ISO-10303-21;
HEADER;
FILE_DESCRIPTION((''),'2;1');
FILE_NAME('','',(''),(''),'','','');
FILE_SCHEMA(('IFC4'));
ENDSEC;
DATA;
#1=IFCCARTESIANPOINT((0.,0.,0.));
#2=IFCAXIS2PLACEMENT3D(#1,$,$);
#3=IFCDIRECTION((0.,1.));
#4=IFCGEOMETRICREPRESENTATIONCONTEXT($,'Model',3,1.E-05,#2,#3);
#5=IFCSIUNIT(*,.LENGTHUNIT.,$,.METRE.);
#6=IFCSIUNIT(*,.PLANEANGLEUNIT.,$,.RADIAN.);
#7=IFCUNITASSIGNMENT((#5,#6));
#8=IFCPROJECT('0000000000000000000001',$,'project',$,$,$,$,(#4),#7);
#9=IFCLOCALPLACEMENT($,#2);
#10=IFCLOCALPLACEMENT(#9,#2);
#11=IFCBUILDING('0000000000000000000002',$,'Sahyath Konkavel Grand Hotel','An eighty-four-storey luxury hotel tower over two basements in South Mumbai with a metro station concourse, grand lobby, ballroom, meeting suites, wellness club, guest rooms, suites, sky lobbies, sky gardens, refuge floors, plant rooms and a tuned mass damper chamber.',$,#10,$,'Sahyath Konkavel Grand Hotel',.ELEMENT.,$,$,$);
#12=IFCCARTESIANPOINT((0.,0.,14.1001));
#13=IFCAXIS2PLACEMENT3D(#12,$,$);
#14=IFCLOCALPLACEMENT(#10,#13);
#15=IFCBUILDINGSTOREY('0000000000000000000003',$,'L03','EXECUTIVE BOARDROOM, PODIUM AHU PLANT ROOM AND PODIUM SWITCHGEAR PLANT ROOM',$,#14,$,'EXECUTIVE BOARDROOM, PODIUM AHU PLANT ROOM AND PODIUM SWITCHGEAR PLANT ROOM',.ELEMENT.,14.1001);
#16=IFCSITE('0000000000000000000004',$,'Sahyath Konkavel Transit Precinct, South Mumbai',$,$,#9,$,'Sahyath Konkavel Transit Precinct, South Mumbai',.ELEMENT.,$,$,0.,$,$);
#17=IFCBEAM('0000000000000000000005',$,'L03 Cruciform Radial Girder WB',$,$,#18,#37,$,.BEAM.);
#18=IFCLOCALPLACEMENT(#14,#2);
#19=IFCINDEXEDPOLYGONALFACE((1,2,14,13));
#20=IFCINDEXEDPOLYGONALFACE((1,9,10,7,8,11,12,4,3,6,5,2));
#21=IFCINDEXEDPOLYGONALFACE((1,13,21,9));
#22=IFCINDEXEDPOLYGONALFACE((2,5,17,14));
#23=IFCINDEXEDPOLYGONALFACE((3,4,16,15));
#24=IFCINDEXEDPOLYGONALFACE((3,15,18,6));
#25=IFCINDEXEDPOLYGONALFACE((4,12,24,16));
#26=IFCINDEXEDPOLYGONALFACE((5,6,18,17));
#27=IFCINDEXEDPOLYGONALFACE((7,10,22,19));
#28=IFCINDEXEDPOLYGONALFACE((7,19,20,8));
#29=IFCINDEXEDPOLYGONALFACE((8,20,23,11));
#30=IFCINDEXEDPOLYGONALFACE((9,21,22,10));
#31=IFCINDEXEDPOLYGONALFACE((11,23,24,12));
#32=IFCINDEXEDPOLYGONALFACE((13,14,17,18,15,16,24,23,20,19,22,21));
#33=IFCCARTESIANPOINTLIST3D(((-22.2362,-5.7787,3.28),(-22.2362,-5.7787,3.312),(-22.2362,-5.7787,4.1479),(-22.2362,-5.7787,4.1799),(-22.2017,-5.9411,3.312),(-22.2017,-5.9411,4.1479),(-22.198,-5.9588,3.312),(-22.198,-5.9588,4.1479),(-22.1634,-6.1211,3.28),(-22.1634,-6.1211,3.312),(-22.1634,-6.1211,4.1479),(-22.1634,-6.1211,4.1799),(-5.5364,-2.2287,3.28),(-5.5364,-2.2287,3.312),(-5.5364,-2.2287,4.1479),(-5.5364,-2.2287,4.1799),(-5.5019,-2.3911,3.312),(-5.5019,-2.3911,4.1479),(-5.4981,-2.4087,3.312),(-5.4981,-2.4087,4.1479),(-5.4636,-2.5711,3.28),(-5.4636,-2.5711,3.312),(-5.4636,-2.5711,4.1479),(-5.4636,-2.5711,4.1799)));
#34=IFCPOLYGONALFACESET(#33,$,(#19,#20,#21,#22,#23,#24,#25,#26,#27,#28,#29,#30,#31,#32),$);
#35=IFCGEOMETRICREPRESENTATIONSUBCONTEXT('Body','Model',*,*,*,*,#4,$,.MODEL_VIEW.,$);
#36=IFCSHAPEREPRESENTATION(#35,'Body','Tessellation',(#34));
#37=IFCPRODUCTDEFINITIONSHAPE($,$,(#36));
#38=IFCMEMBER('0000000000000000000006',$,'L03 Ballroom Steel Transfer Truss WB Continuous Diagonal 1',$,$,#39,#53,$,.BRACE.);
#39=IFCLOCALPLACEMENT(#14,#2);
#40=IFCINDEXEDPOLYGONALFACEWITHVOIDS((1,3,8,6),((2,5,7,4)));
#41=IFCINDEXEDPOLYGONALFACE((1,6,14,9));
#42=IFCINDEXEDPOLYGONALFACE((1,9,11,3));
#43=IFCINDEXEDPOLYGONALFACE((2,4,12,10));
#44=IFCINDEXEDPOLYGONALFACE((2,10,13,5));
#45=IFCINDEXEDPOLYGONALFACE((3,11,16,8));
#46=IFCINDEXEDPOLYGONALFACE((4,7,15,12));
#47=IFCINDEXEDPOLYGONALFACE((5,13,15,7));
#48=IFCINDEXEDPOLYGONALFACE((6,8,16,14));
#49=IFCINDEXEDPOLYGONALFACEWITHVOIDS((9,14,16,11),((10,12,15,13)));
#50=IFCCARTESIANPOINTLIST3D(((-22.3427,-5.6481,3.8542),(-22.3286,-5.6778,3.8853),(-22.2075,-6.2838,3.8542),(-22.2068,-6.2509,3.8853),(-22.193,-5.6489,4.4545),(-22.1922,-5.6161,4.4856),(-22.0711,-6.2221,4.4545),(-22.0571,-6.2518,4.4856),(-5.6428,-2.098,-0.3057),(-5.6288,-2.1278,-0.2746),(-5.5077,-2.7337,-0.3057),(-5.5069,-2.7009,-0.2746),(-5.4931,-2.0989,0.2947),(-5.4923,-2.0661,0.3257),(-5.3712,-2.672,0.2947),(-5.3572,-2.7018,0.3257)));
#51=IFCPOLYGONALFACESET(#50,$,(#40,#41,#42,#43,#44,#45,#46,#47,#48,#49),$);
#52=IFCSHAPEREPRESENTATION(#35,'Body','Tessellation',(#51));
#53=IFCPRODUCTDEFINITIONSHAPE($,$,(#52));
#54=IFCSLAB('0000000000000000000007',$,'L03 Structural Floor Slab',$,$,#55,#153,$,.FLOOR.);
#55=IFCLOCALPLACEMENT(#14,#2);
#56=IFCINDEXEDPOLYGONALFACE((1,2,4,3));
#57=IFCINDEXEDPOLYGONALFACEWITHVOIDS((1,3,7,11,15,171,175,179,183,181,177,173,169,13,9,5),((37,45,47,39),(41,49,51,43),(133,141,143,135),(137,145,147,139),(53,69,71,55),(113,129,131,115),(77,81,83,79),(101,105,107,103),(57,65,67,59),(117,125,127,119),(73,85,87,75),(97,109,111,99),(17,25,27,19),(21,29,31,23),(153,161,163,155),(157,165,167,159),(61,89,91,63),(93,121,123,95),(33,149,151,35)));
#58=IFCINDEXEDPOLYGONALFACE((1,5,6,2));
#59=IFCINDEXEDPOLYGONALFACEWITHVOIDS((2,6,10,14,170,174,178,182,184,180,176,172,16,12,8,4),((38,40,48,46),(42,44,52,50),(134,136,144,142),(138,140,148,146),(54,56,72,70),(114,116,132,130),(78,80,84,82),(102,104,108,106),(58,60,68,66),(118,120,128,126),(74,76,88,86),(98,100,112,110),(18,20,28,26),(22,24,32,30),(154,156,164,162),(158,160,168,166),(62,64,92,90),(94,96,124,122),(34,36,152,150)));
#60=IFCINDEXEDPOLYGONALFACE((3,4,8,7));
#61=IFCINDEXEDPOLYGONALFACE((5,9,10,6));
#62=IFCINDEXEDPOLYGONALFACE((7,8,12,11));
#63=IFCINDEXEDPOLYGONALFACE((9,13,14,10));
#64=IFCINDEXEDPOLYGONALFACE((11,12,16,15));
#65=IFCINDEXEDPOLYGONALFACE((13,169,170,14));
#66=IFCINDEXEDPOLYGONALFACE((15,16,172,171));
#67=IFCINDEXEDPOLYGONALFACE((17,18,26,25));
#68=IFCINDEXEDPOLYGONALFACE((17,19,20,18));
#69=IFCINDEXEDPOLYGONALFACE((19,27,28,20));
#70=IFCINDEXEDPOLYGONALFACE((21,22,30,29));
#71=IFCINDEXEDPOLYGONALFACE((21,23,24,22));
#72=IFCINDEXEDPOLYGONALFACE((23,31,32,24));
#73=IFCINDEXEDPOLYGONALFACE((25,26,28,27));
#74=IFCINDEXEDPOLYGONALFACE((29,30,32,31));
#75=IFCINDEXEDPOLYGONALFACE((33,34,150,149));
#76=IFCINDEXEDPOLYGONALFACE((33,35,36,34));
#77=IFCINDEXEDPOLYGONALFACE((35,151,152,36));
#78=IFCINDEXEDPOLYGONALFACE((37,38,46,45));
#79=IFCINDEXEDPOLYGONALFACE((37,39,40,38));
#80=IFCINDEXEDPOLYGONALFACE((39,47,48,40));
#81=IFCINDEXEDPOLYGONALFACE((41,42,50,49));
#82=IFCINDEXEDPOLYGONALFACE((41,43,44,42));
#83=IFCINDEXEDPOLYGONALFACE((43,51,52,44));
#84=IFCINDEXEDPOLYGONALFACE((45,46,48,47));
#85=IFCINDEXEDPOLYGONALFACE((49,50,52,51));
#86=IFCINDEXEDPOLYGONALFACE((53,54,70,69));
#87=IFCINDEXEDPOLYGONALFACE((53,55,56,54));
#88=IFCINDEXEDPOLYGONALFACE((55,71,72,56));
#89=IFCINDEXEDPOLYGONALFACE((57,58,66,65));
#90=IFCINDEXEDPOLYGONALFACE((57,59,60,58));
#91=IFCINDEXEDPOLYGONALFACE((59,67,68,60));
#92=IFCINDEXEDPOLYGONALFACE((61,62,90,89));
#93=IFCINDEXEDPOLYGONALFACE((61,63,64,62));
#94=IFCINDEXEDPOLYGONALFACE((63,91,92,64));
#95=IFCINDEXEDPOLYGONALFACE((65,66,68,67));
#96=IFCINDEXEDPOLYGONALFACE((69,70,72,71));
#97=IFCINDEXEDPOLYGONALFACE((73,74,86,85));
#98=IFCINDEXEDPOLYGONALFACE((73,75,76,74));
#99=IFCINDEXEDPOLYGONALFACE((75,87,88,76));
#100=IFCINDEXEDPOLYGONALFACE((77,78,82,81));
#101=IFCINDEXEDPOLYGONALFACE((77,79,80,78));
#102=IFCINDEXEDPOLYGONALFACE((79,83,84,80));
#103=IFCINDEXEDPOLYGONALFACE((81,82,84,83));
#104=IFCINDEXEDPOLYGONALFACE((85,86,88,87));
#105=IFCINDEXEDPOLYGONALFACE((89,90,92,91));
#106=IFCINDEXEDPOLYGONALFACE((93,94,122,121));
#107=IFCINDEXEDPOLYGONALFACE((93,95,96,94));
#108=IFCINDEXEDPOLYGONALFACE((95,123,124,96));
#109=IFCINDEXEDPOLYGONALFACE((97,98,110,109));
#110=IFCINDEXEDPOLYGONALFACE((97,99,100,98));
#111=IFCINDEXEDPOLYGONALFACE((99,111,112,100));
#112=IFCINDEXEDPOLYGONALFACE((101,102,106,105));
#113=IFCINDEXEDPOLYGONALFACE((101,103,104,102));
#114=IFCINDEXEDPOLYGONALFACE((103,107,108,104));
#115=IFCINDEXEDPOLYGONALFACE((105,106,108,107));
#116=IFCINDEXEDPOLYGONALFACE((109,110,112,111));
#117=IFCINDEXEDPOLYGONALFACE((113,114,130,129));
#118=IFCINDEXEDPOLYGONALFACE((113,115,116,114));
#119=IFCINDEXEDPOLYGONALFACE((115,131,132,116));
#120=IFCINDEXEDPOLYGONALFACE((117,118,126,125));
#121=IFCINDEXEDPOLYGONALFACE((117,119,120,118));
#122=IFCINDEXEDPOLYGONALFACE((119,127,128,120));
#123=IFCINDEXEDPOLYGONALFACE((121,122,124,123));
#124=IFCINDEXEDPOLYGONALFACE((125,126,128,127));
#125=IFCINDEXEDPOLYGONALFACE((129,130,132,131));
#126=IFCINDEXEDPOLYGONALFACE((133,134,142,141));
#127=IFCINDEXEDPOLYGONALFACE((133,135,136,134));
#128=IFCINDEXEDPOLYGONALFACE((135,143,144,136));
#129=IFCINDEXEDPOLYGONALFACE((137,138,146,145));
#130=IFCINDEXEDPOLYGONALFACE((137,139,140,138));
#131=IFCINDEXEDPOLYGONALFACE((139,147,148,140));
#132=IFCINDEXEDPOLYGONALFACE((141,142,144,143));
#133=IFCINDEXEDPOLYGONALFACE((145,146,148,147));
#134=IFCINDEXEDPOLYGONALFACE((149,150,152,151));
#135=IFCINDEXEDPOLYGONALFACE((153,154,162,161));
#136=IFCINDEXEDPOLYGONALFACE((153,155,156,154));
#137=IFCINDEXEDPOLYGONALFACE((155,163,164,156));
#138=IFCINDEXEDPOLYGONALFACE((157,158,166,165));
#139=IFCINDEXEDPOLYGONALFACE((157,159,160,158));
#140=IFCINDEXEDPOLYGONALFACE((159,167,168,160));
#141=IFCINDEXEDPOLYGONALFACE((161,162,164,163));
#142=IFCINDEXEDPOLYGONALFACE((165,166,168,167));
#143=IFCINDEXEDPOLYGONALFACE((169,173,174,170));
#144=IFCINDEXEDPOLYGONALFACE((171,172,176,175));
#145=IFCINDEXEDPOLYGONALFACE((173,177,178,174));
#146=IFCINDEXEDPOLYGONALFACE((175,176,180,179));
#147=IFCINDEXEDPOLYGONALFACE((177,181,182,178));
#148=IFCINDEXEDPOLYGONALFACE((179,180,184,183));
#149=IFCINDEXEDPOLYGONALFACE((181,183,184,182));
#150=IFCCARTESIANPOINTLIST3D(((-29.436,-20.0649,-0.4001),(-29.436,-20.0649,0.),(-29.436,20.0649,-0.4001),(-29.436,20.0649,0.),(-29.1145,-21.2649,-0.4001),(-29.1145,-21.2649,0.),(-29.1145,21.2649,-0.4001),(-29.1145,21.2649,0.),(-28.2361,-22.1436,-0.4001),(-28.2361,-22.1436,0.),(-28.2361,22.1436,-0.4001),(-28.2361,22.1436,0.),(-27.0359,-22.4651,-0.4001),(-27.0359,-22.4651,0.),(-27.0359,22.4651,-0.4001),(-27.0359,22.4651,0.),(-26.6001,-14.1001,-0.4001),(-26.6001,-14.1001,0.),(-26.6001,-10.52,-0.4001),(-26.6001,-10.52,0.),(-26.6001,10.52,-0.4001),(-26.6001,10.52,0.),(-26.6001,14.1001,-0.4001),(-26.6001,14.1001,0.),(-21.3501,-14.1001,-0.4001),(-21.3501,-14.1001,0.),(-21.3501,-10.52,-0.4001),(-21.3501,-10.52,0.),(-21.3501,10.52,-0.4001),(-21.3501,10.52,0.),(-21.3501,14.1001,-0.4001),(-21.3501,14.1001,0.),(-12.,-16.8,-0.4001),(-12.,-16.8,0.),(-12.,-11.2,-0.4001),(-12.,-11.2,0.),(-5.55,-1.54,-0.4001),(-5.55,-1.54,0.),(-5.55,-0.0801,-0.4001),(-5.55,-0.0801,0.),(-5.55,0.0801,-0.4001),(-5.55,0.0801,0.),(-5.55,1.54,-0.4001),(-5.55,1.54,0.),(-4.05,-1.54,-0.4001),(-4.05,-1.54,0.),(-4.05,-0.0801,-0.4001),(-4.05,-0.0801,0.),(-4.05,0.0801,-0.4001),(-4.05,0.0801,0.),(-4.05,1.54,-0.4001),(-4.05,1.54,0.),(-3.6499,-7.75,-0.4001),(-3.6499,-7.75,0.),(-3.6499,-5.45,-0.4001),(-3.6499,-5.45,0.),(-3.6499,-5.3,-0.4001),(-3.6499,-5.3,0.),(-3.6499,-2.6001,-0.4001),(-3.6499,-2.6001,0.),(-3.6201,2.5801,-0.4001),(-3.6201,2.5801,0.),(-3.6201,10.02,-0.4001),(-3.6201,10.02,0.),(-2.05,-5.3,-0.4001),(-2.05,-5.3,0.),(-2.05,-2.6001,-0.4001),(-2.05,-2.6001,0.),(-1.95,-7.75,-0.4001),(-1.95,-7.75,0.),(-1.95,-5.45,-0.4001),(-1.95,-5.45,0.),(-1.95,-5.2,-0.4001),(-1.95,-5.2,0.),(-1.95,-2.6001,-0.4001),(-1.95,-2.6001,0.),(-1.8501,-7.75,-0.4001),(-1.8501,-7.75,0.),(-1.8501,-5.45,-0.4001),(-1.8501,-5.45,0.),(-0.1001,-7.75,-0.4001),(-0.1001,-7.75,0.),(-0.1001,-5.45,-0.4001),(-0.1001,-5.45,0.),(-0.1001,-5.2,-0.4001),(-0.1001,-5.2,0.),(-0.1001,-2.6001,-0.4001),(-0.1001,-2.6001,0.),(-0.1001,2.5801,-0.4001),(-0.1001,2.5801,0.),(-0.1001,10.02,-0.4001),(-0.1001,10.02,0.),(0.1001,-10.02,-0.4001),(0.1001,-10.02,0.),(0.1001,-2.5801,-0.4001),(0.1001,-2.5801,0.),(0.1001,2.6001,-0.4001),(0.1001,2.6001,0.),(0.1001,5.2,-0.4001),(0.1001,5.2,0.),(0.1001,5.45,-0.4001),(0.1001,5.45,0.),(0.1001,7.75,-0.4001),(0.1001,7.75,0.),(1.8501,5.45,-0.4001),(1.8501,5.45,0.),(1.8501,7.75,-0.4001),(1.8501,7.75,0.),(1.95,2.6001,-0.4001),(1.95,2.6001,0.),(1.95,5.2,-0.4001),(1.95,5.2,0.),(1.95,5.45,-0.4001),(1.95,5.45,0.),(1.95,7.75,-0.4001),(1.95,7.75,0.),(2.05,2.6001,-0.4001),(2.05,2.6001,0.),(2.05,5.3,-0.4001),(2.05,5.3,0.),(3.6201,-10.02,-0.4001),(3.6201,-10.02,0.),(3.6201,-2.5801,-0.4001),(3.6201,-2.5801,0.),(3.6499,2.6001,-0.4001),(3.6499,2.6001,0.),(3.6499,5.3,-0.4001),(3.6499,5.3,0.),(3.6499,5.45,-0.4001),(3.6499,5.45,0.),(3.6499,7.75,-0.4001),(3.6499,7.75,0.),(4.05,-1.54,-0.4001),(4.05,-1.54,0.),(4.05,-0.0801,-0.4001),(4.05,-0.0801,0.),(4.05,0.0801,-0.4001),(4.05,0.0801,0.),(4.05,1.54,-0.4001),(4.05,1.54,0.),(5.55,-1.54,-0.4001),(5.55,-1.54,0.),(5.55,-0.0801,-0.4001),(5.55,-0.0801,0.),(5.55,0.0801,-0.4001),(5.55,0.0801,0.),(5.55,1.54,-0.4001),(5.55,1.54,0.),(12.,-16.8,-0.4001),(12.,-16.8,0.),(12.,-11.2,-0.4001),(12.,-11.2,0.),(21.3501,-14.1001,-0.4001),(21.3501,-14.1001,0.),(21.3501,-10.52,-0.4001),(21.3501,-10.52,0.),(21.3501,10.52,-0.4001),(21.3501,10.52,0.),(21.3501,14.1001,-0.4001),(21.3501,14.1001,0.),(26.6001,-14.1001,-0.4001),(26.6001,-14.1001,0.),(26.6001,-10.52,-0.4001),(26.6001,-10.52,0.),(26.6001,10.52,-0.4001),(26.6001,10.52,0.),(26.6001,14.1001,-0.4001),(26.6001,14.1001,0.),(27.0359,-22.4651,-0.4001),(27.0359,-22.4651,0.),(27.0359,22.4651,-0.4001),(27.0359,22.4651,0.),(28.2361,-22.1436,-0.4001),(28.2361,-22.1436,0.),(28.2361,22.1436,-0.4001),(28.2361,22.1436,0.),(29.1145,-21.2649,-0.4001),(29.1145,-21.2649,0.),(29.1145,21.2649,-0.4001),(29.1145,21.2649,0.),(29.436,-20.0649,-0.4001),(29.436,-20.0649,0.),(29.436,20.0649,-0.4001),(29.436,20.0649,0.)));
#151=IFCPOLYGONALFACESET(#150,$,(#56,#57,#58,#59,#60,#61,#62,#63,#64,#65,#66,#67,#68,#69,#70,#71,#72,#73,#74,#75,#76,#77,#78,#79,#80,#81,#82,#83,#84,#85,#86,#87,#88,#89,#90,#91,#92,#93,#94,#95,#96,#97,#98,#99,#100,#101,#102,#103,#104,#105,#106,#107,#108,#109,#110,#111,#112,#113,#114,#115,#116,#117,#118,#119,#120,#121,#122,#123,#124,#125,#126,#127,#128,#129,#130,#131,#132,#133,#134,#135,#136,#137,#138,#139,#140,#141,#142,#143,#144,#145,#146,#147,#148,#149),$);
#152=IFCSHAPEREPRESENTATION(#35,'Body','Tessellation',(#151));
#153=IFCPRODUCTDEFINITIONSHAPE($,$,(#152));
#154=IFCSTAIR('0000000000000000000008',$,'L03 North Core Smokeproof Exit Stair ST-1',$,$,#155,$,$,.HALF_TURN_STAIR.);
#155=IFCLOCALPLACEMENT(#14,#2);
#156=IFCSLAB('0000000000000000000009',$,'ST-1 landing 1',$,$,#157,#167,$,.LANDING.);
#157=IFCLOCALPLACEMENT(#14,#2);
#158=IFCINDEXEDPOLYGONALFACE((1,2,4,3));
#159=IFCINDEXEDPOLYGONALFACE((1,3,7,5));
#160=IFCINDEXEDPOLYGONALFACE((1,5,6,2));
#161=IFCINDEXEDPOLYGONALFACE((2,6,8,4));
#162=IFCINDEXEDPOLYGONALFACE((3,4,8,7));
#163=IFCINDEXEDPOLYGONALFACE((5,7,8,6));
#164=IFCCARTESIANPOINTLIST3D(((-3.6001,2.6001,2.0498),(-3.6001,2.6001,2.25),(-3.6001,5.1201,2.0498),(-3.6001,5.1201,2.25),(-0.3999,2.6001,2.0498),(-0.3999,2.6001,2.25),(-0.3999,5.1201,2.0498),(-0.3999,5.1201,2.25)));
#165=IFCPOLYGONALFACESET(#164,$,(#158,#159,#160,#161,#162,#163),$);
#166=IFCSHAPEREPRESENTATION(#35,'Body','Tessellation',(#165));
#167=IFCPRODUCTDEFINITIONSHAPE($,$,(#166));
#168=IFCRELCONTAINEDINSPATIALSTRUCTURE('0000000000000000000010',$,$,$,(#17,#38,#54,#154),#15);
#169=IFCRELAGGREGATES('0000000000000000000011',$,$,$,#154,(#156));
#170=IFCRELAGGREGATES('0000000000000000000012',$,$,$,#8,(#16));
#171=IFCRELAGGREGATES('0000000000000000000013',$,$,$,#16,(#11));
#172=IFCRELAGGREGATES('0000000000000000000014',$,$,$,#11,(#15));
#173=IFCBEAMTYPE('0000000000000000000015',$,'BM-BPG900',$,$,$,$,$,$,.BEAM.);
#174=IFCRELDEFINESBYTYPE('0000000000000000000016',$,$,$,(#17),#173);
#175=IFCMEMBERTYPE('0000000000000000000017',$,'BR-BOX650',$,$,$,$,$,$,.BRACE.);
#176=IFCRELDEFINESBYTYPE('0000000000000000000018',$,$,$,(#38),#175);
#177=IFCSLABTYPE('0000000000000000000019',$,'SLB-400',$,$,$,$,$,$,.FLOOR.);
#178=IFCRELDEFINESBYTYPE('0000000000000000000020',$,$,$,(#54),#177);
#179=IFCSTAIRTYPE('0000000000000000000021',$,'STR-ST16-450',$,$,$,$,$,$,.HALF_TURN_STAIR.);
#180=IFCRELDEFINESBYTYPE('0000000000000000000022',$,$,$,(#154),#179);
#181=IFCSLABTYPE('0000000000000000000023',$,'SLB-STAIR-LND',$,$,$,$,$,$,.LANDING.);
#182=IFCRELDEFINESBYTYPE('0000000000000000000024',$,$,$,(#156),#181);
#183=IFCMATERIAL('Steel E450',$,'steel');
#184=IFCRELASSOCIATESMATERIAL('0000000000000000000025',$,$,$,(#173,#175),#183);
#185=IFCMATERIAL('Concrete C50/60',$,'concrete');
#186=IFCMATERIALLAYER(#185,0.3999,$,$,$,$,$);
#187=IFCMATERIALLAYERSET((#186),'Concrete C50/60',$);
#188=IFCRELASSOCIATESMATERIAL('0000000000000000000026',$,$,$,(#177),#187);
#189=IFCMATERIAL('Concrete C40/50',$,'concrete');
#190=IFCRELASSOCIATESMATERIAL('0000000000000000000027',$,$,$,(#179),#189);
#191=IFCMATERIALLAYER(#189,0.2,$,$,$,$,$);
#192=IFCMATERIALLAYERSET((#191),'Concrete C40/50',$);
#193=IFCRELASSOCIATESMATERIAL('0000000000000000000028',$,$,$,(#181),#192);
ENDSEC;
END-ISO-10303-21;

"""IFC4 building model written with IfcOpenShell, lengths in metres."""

from ifc_helpers import new_model, si_unit, direction, frame, origin, origin_2d, place, context, subcontext, project, spatial, polyline, hollow_rectangle, i_section, outline, extrude, source, transform, mapped, material, layer, layer_set, material_profile, profile_set, type_object, element, aggregate, save


model = new_model("IFC4")

# Units and contexts
model_context = context("Model", 3, precision=1e-05, world=origin(), true_north=direction((0.0, 1.0)))
body_context = subcontext(model_context, "Body", "Model", "MODEL_VIEW")
ifc_project = project(units=[si_unit("LENGTHUNIT", "METRE"), si_unit("PLANEANGLEUNIT", "RADIAN")], contexts=[model_context])

# Site, building, storey
site_placement = place(None, origin())
site = spatial("IfcSite", under=ifc_project, at=site_placement, Name="Sahyath Konkavel Transit Precinct, South Mumbai", LongName="Sahyath Konkavel Transit Precinct, South Mumbai", CompositionType="ELEMENT", RefElevation=0.0)
building_placement = place(site_placement, origin())
building = spatial("IfcBuilding", under=site, at=building_placement, Name="Sahyath Konkavel Grand Hotel", Description="An eighty-four-storey luxury hotel tower over two basements in South Mumbai with a metro station concourse, grand lobby, ballroom, meeting suites, wellness club, guest rooms, suites, sky lobbies, sky gardens, refuge floors, plant rooms and a tuned mass damper chamber.", LongName="Sahyath Konkavel Grand Hotel", CompositionType="ELEMENT")
storey_placement = place(building_placement, frame((0.0, 0.0, 14.1001)))
storey = spatial("IfcBuildingStorey", under=building, at=storey_placement, Name="L03", Description="EXECUTIVE BOARDROOM, PODIUM AHU PLANT ROOM AND PODIUM SWITCHGEAR PLANT ROOM", LongName="EXECUTIVE BOARDROOM, PODIUM AHU PLANT ROOM AND PODIUM SWITCHGEAR PLANT ROOM", CompositionType="ELEMENT", Elevation=14.1001)

# Beam
ifc_material_1 = material(Name="Steel E450", Category="steel")
ifc_material_profile_1 = material_profile(ifc_material_1, i_section(OverallWidth=0.3501, OverallDepth=0.8999, WebThickness=0.0181, FlangeThickness=0.032, at=origin_2d()), Name="BPG 900x350")
ifc_profile_set_1 = profile_set([ifc_material_profile_1], Name="Steel E450")
beam_type_1 = type_object("IfcBeamType", Name="BM-BPG900", PredefinedType="BEAM", material=ifc_profile_set_1)
shared_shape_1 = source(origin(), body_context, "Body", "SweptSolid", [
    extrude(i_section(OverallWidth=0.3501, OverallDepth=0.8999, WebThickness=0.0181, FlangeThickness=0.032, at=origin_2d()), origin(), (0.0, 0.0, 1.0), 17.073),
])
beam_1_placement = place(storey_placement, frame((-5.5, -2.3999, 3.73), z_axis=(-0.978143, -0.207932, 0.0), x_axis=(0.207932, -0.978143, 0.0)))
element("IfcBeam", 1, at=beam_1_placement, inside=storey, type_object=beam_type_1, Name="L03 Cruciform Radial Girder WB", PredefinedType="BEAM", context=body_context, shape_type="MappedRepresentation", body=[
    mapped(shared_shape_1, transform((0.0, 0.0, 0.0), scale=1.0)),
])

# Member
ifc_material_profile_2 = material_profile(ifc_material_1, hollow_rectangle(XDim=0.6499, YDim=0.6499, WallThickness=0.032, at=origin_2d()), Name="BOX 650x650x32")
ifc_profile_set_2 = profile_set([ifc_material_profile_2], Name="Steel E450")
member_type = type_object("IfcMemberType", Name="BR-BOX650", PredefinedType="BRACE", material=ifc_profile_set_2)
shared_shape_2 = source(origin(), body_context, "Body", "SweptSolid", [
    extrude(hollow_rectangle(XDim=0.6499, YDim=0.6499, WallThickness=0.032, at=origin_2d()), origin(), (0.0, 0.0, 1.0), 17.5725),
])
member_placement = place(storey_placement, frame((-5.5, -2.3999, 0.01), z_axis=(-0.950341, -0.202022, 0.236727), x_axis=(0.207932, -0.978143, 0.0)))
element("IfcMember", 2, at=member_placement, inside=storey, type_object=member_type, Name="L03 Ballroom Steel Transfer Truss WB Continuous Diagonal 1", PredefinedType="BRACE", context=body_context, shape_type="MappedRepresentation", body=[
    mapped(shared_shape_2, transform((0.0, 0.0, 0.0), scale=1.0)),
])

# Slab
ifc_material_2 = material(Name="Concrete C50/60", Category="concrete")
ifc_layer_1 = layer(ifc_material_2, 0.3999)
ifc_layer_set_1 = layer_set([ifc_layer_1], Name="Concrete C50/60")
slab_type_1 = type_object("IfcSlabType", Name="SLB-400", PredefinedType="FLOOR", material=ifc_layer_set_1)
slab_1_placement = place(storey_placement, frame((0.0, 0.0, -0.4001)))
element("IfcSlab", 3, at=slab_1_placement, inside=storey, type_object=slab_type_1, Name="L03 Structural Floor Slab", PredefinedType="FLOOR", context=body_context, shape_type="SweptSolid", body=[
    extrude(outline(polyline([(27.0359, -22.4651), (28.2361, -22.1436), (29.1145, -21.2649), (29.436, -20.0649), (29.436, 20.0649), (29.1145, 21.2649), (28.2361, 22.1436), (27.0359, 22.4651), (-27.0359, 22.4651), (-28.2361, 22.1436), (-29.1145, 21.2649), (-29.436, 20.0649), (-29.436, -20.0649), (-29.1145, -21.2649), (-28.2361, -22.1436), (-27.0359, -22.4651), (27.0359, -22.4651)]), holes=[polyline([(-3.6201, 2.5801), (-0.1001, 2.5801), (-0.1001, 10.02), (-3.6201, 10.02), (-3.6201, 2.5801)]), polyline([(0.1001, -10.02), (3.6201, -10.02), (3.6201, -2.5801), (0.1001, -2.5801), (0.1001, -10.02)]), polyline([(-26.6001, 10.52), (-21.3501, 10.52), (-21.3501, 14.1001), (-26.6001, 14.1001), (-26.6001, 10.52)]), polyline([(21.3501, 10.52), (26.6001, 10.52), (26.6001, 14.1001), (21.3501, 14.1001), (21.3501, 10.52)]), polyline([(-26.6001, -14.1001), (-21.3501, -14.1001), (-21.3501, -10.52), (-26.6001, -10.52), (-26.6001, -14.1001)]), polyline([(21.3501, -14.1001), (26.6001, -14.1001), (26.6001, -10.52), (21.3501, -10.52), (21.3501, -14.1001)]), polyline([(-12.0, -16.8), (12.0, -16.8), (12.0, -11.2), (-12.0, -11.2), (-12.0, -16.8)]), polyline([(0.1001, 2.6001), (1.95, 2.6001), (1.95, 5.2), (0.1001, 5.2), (0.1001, 2.6001)]), polyline([(-1.95, -5.2), (-0.1001, -5.2), (-0.1001, -2.6001), (-1.95, -2.6001), (-1.95, -5.2)]), polyline([(2.05, 2.6001), (3.6499, 2.6001), (3.6499, 5.3), (2.05, 5.3), (2.05, 2.6001)]), polyline([(-3.6499, -5.3), (-2.05, -5.3), (-2.05, -2.6001), (-3.6499, -2.6001), (-3.6499, -5.3)]), polyline([(0.1001, 5.45), (1.8501, 5.45), (1.8501, 7.75), (0.1001, 7.75), (0.1001, 5.45)]), polyline([(1.95, 5.45), (3.6499, 5.45), (3.6499, 7.75), (1.95, 7.75), (1.95, 5.45)]), polyline([(-3.6499, -7.75), (-1.95, -7.75), (-1.95, -5.45), (-3.6499, -5.45), (-3.6499, -7.75)]), polyline([(-1.8501, -7.75), (-0.1001, -7.75), (-0.1001, -5.45), (-1.8501, -5.45), (-1.8501, -7.75)]), polyline([(4.05, 0.0801), (5.55, 0.0801), (5.55, 1.54), (4.05, 1.54), (4.05, 0.0801)]), polyline([(4.05, -1.54), (5.55, -1.54), (5.55, -0.0801), (4.05, -0.0801), (4.05, -1.54)]), polyline([(-5.55, 0.0801), (-4.05, 0.0801), (-4.05, 1.54), (-5.55, 1.54), (-5.55, 0.0801)]), polyline([(-5.55, -1.54), (-4.05, -1.54), (-4.05, -0.0801), (-5.55, -0.0801), (-5.55, -1.54)])]), origin(), (0.0, 0.0, 1.0), 0.4001),
])

# Stair, slab
ifc_material_3 = material(Name="Concrete C40/50", Category="concrete")
stair_type = type_object("IfcStairType", Name="STR-ST16-450", PredefinedType="HALF_TURN_STAIR", material=ifc_material_3)
stair_1_placement = place(storey_placement, origin())
stair_1 = element("IfcStair", 4, at=stair_1_placement, inside=storey, type_object=stair_type, Name="L03 North Core Smokeproof Exit Stair ST-1", PredefinedType="HALF_TURN_STAIR")
ifc_layer_2 = layer(ifc_material_3, 0.2)
ifc_layer_set_2 = layer_set([ifc_layer_2], Name="Concrete C40/50")
slab_type_2 = type_object("IfcSlabType", Name="SLB-STAIR-LND", PredefinedType="LANDING", material=ifc_layer_set_2)
slab_2_placement = place(storey_placement, frame((0.0, 0.0, 2.0498)))
slab_2 = element("IfcSlab", 5, at=slab_2_placement, type_object=slab_type_2, Name="ST-1 landing 1", PredefinedType="LANDING", context=body_context, shape_type="SweptSolid", body=[
    extrude(outline(polyline([(-3.6001, 5.1201), (-3.6001, 2.6001), (-0.3999, 2.6001), (-0.3999, 5.1201), (-3.6001, 5.1201)])), origin(), (0.0, 0.0, 1.0), 0.2002),
])
aggregate(stair_1, [slab_2])

save(model, "model.ifc")
